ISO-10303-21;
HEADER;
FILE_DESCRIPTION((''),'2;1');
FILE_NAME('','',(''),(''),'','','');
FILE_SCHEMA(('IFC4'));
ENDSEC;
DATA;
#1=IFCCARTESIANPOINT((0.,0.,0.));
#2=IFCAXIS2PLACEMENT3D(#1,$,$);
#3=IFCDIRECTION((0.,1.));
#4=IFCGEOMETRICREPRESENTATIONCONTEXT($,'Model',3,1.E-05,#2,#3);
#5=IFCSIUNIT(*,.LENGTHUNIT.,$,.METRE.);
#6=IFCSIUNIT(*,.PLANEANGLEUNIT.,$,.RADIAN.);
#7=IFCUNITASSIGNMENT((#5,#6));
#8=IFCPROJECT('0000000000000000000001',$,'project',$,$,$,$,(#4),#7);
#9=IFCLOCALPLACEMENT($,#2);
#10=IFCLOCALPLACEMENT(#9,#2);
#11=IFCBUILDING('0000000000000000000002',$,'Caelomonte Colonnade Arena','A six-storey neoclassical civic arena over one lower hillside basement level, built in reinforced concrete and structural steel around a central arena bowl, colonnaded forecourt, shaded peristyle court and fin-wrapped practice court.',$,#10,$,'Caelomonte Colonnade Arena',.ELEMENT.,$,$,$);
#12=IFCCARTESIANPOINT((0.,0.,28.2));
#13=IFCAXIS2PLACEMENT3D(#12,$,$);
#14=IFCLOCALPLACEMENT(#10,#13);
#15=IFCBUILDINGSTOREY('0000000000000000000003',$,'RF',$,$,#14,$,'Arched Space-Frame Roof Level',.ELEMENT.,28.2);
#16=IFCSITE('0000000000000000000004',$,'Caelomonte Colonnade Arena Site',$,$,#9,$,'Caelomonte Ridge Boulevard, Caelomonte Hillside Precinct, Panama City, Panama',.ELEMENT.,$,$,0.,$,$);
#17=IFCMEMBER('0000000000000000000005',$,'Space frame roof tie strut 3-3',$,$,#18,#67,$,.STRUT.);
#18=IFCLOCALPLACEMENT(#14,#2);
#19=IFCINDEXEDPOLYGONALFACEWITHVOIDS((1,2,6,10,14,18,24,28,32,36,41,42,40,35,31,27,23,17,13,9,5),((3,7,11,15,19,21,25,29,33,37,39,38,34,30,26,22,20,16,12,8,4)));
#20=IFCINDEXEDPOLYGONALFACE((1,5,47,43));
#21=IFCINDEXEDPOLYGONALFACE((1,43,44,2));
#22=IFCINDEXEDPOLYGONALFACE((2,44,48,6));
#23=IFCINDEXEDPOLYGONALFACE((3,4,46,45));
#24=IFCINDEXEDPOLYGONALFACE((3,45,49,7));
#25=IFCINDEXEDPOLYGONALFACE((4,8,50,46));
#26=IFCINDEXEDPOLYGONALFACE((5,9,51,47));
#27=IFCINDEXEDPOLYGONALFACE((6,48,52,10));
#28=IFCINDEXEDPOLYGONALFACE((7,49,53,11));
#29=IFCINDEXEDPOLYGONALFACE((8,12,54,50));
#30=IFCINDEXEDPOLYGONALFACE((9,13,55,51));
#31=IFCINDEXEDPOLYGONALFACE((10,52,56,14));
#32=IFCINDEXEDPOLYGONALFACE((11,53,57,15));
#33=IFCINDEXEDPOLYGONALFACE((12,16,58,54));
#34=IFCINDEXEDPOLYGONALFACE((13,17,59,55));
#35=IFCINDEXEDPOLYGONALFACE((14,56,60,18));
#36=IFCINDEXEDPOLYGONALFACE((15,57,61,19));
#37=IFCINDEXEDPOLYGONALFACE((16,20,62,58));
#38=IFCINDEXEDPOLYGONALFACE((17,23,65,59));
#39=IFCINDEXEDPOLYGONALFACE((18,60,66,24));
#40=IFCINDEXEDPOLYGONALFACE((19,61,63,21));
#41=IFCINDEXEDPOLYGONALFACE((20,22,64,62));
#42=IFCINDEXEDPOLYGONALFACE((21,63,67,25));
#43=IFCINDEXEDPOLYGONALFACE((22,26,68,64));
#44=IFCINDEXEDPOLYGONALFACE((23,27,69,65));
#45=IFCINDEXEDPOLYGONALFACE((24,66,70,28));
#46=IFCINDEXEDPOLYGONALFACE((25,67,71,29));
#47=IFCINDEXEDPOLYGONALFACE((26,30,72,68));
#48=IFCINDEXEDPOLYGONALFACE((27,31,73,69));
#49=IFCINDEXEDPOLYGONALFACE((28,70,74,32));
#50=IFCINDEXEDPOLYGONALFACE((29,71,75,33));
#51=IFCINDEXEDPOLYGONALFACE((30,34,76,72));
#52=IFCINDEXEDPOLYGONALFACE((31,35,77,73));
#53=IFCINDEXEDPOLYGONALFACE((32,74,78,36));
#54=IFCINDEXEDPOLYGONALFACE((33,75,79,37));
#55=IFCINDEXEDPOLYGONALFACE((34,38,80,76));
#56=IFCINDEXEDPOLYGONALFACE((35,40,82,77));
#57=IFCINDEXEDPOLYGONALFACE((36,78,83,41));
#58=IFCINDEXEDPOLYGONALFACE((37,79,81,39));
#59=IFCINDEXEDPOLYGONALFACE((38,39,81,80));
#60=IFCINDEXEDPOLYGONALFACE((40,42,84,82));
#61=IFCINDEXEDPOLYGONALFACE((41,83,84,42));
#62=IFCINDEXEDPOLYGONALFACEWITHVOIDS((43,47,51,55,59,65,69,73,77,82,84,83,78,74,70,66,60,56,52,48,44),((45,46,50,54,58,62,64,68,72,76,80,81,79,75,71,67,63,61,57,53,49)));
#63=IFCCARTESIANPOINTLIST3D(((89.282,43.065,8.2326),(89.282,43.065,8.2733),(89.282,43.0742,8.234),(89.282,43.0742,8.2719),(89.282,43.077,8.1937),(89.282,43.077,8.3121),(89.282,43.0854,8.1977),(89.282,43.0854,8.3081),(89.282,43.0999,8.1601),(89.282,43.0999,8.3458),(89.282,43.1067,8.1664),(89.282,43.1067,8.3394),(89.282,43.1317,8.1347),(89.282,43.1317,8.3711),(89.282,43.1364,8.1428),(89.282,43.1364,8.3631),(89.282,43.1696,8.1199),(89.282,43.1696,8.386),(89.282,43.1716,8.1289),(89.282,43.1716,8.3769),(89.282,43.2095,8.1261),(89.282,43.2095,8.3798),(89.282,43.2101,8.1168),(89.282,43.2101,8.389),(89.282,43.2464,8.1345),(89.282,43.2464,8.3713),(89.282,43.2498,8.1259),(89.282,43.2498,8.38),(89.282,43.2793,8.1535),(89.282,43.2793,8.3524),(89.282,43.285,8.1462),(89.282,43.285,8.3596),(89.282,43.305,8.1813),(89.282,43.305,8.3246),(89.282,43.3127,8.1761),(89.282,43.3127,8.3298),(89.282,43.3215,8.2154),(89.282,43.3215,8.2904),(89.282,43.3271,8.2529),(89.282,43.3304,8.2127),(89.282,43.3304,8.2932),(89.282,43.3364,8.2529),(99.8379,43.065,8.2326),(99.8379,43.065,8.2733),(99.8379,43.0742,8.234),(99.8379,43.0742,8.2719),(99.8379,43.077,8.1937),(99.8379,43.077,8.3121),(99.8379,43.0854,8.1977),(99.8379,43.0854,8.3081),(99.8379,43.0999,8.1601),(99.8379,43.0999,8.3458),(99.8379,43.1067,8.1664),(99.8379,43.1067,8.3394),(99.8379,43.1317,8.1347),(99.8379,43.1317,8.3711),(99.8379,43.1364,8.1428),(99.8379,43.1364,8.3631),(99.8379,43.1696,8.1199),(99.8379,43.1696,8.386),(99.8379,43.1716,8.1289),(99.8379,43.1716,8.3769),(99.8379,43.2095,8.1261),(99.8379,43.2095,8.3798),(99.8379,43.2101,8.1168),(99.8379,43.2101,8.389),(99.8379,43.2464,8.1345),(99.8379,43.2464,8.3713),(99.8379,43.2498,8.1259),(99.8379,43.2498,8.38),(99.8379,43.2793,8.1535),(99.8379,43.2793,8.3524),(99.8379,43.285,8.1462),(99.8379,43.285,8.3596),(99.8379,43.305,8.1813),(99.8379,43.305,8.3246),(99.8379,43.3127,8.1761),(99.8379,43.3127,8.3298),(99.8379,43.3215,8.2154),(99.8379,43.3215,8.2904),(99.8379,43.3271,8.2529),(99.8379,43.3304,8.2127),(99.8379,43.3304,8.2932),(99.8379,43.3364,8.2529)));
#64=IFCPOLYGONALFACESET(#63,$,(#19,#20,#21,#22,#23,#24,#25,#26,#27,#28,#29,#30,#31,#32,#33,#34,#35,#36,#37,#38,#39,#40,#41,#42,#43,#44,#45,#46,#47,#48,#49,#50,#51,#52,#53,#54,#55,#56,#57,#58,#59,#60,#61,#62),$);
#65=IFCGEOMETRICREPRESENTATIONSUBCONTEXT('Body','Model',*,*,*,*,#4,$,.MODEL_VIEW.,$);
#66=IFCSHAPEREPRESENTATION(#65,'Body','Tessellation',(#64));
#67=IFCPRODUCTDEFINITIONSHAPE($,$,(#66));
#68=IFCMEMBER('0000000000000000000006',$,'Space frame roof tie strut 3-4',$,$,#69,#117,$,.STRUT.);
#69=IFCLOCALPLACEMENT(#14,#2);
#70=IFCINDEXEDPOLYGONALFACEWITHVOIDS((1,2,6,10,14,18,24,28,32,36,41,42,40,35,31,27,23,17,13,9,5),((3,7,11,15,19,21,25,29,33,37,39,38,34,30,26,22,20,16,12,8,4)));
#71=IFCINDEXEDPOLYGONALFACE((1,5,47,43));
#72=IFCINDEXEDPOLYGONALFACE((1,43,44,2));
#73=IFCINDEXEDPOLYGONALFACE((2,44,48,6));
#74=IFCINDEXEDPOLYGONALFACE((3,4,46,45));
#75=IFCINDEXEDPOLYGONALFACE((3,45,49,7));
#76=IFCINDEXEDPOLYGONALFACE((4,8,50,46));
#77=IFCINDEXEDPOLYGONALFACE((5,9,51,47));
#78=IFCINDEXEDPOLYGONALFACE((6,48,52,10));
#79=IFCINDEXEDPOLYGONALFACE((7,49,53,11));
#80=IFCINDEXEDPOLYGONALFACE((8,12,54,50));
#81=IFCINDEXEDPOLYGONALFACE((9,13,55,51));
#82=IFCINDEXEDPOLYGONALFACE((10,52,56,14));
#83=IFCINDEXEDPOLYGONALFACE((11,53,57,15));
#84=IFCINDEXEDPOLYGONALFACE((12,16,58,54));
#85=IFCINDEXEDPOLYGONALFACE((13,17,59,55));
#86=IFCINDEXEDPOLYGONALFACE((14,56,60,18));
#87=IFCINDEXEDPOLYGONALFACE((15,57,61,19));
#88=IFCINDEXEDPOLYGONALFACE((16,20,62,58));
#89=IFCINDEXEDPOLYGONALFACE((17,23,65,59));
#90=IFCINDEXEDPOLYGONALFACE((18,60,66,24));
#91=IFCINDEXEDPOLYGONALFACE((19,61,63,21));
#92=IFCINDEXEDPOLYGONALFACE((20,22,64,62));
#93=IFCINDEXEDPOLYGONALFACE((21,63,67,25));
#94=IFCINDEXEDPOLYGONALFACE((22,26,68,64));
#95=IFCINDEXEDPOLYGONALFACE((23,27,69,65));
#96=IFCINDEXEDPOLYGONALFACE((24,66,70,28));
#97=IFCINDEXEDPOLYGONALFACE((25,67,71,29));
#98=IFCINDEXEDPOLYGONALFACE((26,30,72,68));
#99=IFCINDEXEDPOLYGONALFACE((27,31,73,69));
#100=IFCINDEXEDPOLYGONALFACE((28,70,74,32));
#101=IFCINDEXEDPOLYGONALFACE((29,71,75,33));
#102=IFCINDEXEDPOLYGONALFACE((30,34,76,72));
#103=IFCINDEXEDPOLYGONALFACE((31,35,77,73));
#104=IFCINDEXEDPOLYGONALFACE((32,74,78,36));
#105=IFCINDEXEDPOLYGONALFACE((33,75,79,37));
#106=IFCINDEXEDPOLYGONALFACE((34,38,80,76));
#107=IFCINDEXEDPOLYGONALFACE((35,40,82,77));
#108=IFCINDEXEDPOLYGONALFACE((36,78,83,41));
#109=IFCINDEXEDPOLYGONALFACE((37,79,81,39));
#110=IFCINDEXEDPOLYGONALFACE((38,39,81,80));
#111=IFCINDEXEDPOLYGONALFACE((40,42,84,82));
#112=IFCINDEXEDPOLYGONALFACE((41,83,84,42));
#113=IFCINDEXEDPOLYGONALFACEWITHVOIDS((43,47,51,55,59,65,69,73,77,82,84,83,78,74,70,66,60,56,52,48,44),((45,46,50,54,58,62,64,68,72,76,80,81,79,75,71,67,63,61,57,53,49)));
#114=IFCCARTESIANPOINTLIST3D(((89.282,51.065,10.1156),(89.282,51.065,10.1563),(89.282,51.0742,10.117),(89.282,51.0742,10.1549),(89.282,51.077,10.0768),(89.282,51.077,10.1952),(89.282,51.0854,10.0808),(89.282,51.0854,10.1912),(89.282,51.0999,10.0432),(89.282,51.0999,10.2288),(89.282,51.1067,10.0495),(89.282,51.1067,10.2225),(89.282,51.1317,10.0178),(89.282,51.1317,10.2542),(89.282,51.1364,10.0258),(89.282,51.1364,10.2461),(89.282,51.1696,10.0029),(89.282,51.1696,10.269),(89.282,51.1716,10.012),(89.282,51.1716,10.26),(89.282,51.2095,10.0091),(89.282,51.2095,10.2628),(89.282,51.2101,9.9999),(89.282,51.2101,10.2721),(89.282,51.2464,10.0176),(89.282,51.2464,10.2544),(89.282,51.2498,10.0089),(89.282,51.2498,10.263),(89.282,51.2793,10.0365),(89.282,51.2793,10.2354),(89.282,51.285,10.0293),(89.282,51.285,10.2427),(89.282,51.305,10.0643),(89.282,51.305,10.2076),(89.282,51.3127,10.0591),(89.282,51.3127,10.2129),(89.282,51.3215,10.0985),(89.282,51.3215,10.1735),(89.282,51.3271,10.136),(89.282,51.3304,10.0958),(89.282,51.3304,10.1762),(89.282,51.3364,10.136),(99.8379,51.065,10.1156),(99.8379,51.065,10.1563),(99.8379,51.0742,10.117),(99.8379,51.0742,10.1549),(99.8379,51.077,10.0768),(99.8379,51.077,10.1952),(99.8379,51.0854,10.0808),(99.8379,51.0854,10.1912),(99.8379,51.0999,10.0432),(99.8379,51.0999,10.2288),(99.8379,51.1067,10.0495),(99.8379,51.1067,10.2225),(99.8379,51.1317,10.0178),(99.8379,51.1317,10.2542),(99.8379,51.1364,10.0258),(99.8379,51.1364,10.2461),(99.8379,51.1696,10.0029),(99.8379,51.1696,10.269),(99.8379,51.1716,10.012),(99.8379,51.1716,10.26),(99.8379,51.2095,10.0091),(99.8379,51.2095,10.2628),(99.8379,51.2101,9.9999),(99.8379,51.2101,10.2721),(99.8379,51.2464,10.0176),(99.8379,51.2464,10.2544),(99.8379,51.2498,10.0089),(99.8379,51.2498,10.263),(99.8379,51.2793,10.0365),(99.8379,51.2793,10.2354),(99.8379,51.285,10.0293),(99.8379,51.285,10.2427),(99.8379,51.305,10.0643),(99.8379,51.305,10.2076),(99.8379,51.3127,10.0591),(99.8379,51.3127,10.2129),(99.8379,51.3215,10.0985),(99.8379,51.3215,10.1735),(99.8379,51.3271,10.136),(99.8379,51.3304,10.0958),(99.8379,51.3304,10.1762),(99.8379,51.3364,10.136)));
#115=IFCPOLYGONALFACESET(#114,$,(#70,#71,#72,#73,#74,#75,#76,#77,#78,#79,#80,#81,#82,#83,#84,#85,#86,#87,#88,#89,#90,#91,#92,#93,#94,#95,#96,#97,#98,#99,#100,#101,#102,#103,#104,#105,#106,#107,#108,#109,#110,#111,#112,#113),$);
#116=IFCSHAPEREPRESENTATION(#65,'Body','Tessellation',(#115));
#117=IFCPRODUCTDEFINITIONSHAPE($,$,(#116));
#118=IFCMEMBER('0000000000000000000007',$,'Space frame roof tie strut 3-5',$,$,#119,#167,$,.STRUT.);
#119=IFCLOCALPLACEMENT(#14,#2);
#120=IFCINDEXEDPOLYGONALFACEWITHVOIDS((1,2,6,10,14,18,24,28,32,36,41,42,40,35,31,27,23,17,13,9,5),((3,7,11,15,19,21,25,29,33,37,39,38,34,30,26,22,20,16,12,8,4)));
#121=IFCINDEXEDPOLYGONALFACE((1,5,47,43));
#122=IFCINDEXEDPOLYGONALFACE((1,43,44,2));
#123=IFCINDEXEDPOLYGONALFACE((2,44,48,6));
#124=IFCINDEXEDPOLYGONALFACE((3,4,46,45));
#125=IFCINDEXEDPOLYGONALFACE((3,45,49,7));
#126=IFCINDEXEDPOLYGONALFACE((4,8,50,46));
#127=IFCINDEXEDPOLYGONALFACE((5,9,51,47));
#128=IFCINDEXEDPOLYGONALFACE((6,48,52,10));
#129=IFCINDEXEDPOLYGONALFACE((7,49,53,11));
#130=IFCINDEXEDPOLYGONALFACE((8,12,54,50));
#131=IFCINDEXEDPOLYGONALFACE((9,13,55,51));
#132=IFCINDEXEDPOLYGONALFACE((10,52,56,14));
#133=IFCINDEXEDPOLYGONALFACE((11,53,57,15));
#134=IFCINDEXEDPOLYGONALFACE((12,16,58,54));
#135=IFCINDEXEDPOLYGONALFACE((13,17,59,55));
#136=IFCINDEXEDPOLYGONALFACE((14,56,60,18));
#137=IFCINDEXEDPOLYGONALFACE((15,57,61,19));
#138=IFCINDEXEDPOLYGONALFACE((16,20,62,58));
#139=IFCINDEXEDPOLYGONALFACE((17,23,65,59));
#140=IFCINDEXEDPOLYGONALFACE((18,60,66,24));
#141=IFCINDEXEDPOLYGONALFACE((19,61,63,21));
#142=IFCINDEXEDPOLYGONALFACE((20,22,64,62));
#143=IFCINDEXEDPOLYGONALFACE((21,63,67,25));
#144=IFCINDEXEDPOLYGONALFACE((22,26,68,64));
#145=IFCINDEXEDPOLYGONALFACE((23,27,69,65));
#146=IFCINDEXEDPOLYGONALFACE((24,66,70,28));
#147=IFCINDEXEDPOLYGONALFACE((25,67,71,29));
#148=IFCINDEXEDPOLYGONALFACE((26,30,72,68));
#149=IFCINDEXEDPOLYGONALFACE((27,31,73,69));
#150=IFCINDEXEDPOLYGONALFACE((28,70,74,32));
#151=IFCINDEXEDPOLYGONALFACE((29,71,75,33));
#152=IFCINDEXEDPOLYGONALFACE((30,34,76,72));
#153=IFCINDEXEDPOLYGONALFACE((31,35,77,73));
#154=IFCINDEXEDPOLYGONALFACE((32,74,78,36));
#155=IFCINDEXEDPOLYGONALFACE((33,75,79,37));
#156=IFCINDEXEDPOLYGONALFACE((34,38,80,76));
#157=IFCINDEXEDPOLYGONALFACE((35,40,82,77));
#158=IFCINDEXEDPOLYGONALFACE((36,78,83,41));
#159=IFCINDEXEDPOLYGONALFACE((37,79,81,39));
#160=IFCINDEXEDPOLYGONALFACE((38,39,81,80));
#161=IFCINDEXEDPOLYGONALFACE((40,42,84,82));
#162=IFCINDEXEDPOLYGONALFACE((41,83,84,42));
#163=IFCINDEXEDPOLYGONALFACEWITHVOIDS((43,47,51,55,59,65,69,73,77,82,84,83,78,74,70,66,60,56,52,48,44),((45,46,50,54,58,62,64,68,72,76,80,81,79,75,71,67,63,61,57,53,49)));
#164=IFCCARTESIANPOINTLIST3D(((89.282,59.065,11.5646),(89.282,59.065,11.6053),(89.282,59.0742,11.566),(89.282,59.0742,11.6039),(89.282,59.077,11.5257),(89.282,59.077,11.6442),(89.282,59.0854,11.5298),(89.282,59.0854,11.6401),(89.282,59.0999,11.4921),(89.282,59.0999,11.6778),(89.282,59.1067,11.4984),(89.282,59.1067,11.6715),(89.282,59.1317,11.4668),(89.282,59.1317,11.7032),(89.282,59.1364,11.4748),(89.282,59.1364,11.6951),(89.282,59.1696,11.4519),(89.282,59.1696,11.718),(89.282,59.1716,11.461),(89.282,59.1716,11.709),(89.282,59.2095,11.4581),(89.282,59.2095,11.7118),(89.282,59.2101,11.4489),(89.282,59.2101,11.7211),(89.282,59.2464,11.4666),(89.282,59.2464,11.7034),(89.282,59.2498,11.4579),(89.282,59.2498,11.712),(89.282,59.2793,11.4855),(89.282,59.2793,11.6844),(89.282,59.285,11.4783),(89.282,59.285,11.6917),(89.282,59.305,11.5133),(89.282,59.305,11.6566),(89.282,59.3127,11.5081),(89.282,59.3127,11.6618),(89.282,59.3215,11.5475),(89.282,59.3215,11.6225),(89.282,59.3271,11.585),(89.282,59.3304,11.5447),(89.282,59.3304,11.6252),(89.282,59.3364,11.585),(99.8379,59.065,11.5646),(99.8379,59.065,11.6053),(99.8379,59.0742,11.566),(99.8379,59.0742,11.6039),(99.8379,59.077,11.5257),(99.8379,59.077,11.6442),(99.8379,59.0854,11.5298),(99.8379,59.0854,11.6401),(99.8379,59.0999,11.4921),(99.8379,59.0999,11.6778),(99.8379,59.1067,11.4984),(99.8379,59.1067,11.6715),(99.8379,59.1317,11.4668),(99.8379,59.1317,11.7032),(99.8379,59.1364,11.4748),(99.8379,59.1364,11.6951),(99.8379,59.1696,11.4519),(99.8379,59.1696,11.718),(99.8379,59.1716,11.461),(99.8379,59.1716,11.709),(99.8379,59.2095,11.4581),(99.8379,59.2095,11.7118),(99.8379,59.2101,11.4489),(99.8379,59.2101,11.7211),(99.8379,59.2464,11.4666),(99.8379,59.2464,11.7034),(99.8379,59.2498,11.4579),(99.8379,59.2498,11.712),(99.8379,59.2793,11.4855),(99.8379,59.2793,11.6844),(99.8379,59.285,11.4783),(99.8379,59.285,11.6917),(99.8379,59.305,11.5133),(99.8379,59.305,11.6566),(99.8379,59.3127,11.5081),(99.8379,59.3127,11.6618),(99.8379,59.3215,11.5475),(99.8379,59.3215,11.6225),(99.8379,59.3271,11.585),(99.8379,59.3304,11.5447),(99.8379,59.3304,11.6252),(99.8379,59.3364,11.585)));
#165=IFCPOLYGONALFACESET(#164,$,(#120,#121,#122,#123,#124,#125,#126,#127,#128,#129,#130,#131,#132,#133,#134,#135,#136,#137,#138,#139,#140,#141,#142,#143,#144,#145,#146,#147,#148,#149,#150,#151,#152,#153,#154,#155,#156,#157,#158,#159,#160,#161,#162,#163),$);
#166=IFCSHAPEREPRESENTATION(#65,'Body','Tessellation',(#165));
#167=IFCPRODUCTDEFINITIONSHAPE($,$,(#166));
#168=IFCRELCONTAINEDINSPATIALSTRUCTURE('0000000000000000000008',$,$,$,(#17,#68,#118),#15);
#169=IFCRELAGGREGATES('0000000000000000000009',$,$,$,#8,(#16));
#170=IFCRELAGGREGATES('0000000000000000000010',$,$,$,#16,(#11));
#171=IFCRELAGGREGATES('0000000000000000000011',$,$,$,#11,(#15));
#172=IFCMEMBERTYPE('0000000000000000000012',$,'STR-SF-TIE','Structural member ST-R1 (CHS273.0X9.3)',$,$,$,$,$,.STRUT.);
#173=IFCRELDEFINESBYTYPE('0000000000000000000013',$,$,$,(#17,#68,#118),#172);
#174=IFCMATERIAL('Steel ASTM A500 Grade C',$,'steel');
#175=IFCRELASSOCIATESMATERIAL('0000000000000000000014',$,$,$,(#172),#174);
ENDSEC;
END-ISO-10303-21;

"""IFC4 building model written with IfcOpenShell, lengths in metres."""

from ifc_helpers import new_model, si_unit, direction, frame, origin, origin_2d, place, context, subcontext, project, spatial, hollow_circle, extrude, material, material_profile, profile_set, type_object, element, save


model = new_model("IFC4")

# Units and contexts
model_context = context("Model", 3, precision=1e-05, world=origin(), true_north=direction((0.0, 1.0)))
body_context = subcontext(model_context, "Body", "Model", "MODEL_VIEW")
ifc_project = project(units=[si_unit("LENGTHUNIT", "METRE"), si_unit("PLANEANGLEUNIT", "RADIAN")], contexts=[model_context])

# Site, building, storey
site_placement = place(None, origin())
site = spatial("IfcSite", under=ifc_project, at=site_placement, Name="Caelomonte Colonnade Arena Site", LongName="Caelomonte Ridge Boulevard, Caelomonte Hillside Precinct, Panama City, Panama", CompositionType="ELEMENT", RefElevation=0.0)
building_placement = place(site_placement, origin())
building = spatial("IfcBuilding", under=site, at=building_placement, Name="Caelomonte Colonnade Arena", Description="A six-storey neoclassical civic arena over one lower hillside basement level, built in reinforced concrete and structural steel around a central arena bowl, colonnaded forecourt, shaded peristyle court and fin-wrapped practice court.", LongName="Caelomonte Colonnade Arena", CompositionType="ELEMENT")
storey_placement = place(building_placement, frame((0.0, 0.0, 28.2)))
storey = spatial("IfcBuildingStorey", under=building, at=storey_placement, Name="RF", LongName="Arched Space-Frame Roof Level", CompositionType="ELEMENT", Elevation=28.2)

# Members
ifc_material_1 = material(Name="Steel ASTM A500 Grade C", Category="steel")
ifc_material_profile_1 = material_profile(ifc_material_1, hollow_circle(Radius=0.1365, WallThickness=0.0093, at=origin_2d()), Name="CHS273.0X9.3")
ifc_profile_set_1 = profile_set([ifc_material_profile_1], Name="Steel ASTM A500 Grade C")
member_type_1 = type_object("IfcMemberType", Name="STR-SF-TIE", Description="Structural member ST-R1 (CHS273.0X9.3)", PredefinedType="STRUT", material=ifc_profile_set_1)
for number, where, z_axis, x_axis, name in (
    (1, (89.282, 43.2, 8.2529), (1.0, 0.0, 0.0), (0.0, 1.0, 0.0), "Space frame roof tie strut 3-3"),
    (2, (89.282, 51.2, 10.136), (1.0, 0.0, 0.0), (0.0, 1.0, 0.0), "Space frame roof tie strut 3-4"),
    (3, (89.282, 59.2, 11.585), (1.0, 0.0, 0.0), (0.0, 1.0, 0.0), "Space frame roof tie strut 3-5"),
):
    element("IfcMember", number, at=place(storey_placement, frame(where, z_axis=z_axis, x_axis=x_axis)), inside=storey, type_object=member_type_1, Name=name, PredefinedType="STRUT", context=body_context, shape_type="SweptSolid", body=[
        extrude(hollow_circle(Radius=0.1365, WallThickness=0.0093, at=origin_2d()), origin(), (0.0, 0.0, 1.0), 10.5559),
    ])

save(model, "model.ifc")
